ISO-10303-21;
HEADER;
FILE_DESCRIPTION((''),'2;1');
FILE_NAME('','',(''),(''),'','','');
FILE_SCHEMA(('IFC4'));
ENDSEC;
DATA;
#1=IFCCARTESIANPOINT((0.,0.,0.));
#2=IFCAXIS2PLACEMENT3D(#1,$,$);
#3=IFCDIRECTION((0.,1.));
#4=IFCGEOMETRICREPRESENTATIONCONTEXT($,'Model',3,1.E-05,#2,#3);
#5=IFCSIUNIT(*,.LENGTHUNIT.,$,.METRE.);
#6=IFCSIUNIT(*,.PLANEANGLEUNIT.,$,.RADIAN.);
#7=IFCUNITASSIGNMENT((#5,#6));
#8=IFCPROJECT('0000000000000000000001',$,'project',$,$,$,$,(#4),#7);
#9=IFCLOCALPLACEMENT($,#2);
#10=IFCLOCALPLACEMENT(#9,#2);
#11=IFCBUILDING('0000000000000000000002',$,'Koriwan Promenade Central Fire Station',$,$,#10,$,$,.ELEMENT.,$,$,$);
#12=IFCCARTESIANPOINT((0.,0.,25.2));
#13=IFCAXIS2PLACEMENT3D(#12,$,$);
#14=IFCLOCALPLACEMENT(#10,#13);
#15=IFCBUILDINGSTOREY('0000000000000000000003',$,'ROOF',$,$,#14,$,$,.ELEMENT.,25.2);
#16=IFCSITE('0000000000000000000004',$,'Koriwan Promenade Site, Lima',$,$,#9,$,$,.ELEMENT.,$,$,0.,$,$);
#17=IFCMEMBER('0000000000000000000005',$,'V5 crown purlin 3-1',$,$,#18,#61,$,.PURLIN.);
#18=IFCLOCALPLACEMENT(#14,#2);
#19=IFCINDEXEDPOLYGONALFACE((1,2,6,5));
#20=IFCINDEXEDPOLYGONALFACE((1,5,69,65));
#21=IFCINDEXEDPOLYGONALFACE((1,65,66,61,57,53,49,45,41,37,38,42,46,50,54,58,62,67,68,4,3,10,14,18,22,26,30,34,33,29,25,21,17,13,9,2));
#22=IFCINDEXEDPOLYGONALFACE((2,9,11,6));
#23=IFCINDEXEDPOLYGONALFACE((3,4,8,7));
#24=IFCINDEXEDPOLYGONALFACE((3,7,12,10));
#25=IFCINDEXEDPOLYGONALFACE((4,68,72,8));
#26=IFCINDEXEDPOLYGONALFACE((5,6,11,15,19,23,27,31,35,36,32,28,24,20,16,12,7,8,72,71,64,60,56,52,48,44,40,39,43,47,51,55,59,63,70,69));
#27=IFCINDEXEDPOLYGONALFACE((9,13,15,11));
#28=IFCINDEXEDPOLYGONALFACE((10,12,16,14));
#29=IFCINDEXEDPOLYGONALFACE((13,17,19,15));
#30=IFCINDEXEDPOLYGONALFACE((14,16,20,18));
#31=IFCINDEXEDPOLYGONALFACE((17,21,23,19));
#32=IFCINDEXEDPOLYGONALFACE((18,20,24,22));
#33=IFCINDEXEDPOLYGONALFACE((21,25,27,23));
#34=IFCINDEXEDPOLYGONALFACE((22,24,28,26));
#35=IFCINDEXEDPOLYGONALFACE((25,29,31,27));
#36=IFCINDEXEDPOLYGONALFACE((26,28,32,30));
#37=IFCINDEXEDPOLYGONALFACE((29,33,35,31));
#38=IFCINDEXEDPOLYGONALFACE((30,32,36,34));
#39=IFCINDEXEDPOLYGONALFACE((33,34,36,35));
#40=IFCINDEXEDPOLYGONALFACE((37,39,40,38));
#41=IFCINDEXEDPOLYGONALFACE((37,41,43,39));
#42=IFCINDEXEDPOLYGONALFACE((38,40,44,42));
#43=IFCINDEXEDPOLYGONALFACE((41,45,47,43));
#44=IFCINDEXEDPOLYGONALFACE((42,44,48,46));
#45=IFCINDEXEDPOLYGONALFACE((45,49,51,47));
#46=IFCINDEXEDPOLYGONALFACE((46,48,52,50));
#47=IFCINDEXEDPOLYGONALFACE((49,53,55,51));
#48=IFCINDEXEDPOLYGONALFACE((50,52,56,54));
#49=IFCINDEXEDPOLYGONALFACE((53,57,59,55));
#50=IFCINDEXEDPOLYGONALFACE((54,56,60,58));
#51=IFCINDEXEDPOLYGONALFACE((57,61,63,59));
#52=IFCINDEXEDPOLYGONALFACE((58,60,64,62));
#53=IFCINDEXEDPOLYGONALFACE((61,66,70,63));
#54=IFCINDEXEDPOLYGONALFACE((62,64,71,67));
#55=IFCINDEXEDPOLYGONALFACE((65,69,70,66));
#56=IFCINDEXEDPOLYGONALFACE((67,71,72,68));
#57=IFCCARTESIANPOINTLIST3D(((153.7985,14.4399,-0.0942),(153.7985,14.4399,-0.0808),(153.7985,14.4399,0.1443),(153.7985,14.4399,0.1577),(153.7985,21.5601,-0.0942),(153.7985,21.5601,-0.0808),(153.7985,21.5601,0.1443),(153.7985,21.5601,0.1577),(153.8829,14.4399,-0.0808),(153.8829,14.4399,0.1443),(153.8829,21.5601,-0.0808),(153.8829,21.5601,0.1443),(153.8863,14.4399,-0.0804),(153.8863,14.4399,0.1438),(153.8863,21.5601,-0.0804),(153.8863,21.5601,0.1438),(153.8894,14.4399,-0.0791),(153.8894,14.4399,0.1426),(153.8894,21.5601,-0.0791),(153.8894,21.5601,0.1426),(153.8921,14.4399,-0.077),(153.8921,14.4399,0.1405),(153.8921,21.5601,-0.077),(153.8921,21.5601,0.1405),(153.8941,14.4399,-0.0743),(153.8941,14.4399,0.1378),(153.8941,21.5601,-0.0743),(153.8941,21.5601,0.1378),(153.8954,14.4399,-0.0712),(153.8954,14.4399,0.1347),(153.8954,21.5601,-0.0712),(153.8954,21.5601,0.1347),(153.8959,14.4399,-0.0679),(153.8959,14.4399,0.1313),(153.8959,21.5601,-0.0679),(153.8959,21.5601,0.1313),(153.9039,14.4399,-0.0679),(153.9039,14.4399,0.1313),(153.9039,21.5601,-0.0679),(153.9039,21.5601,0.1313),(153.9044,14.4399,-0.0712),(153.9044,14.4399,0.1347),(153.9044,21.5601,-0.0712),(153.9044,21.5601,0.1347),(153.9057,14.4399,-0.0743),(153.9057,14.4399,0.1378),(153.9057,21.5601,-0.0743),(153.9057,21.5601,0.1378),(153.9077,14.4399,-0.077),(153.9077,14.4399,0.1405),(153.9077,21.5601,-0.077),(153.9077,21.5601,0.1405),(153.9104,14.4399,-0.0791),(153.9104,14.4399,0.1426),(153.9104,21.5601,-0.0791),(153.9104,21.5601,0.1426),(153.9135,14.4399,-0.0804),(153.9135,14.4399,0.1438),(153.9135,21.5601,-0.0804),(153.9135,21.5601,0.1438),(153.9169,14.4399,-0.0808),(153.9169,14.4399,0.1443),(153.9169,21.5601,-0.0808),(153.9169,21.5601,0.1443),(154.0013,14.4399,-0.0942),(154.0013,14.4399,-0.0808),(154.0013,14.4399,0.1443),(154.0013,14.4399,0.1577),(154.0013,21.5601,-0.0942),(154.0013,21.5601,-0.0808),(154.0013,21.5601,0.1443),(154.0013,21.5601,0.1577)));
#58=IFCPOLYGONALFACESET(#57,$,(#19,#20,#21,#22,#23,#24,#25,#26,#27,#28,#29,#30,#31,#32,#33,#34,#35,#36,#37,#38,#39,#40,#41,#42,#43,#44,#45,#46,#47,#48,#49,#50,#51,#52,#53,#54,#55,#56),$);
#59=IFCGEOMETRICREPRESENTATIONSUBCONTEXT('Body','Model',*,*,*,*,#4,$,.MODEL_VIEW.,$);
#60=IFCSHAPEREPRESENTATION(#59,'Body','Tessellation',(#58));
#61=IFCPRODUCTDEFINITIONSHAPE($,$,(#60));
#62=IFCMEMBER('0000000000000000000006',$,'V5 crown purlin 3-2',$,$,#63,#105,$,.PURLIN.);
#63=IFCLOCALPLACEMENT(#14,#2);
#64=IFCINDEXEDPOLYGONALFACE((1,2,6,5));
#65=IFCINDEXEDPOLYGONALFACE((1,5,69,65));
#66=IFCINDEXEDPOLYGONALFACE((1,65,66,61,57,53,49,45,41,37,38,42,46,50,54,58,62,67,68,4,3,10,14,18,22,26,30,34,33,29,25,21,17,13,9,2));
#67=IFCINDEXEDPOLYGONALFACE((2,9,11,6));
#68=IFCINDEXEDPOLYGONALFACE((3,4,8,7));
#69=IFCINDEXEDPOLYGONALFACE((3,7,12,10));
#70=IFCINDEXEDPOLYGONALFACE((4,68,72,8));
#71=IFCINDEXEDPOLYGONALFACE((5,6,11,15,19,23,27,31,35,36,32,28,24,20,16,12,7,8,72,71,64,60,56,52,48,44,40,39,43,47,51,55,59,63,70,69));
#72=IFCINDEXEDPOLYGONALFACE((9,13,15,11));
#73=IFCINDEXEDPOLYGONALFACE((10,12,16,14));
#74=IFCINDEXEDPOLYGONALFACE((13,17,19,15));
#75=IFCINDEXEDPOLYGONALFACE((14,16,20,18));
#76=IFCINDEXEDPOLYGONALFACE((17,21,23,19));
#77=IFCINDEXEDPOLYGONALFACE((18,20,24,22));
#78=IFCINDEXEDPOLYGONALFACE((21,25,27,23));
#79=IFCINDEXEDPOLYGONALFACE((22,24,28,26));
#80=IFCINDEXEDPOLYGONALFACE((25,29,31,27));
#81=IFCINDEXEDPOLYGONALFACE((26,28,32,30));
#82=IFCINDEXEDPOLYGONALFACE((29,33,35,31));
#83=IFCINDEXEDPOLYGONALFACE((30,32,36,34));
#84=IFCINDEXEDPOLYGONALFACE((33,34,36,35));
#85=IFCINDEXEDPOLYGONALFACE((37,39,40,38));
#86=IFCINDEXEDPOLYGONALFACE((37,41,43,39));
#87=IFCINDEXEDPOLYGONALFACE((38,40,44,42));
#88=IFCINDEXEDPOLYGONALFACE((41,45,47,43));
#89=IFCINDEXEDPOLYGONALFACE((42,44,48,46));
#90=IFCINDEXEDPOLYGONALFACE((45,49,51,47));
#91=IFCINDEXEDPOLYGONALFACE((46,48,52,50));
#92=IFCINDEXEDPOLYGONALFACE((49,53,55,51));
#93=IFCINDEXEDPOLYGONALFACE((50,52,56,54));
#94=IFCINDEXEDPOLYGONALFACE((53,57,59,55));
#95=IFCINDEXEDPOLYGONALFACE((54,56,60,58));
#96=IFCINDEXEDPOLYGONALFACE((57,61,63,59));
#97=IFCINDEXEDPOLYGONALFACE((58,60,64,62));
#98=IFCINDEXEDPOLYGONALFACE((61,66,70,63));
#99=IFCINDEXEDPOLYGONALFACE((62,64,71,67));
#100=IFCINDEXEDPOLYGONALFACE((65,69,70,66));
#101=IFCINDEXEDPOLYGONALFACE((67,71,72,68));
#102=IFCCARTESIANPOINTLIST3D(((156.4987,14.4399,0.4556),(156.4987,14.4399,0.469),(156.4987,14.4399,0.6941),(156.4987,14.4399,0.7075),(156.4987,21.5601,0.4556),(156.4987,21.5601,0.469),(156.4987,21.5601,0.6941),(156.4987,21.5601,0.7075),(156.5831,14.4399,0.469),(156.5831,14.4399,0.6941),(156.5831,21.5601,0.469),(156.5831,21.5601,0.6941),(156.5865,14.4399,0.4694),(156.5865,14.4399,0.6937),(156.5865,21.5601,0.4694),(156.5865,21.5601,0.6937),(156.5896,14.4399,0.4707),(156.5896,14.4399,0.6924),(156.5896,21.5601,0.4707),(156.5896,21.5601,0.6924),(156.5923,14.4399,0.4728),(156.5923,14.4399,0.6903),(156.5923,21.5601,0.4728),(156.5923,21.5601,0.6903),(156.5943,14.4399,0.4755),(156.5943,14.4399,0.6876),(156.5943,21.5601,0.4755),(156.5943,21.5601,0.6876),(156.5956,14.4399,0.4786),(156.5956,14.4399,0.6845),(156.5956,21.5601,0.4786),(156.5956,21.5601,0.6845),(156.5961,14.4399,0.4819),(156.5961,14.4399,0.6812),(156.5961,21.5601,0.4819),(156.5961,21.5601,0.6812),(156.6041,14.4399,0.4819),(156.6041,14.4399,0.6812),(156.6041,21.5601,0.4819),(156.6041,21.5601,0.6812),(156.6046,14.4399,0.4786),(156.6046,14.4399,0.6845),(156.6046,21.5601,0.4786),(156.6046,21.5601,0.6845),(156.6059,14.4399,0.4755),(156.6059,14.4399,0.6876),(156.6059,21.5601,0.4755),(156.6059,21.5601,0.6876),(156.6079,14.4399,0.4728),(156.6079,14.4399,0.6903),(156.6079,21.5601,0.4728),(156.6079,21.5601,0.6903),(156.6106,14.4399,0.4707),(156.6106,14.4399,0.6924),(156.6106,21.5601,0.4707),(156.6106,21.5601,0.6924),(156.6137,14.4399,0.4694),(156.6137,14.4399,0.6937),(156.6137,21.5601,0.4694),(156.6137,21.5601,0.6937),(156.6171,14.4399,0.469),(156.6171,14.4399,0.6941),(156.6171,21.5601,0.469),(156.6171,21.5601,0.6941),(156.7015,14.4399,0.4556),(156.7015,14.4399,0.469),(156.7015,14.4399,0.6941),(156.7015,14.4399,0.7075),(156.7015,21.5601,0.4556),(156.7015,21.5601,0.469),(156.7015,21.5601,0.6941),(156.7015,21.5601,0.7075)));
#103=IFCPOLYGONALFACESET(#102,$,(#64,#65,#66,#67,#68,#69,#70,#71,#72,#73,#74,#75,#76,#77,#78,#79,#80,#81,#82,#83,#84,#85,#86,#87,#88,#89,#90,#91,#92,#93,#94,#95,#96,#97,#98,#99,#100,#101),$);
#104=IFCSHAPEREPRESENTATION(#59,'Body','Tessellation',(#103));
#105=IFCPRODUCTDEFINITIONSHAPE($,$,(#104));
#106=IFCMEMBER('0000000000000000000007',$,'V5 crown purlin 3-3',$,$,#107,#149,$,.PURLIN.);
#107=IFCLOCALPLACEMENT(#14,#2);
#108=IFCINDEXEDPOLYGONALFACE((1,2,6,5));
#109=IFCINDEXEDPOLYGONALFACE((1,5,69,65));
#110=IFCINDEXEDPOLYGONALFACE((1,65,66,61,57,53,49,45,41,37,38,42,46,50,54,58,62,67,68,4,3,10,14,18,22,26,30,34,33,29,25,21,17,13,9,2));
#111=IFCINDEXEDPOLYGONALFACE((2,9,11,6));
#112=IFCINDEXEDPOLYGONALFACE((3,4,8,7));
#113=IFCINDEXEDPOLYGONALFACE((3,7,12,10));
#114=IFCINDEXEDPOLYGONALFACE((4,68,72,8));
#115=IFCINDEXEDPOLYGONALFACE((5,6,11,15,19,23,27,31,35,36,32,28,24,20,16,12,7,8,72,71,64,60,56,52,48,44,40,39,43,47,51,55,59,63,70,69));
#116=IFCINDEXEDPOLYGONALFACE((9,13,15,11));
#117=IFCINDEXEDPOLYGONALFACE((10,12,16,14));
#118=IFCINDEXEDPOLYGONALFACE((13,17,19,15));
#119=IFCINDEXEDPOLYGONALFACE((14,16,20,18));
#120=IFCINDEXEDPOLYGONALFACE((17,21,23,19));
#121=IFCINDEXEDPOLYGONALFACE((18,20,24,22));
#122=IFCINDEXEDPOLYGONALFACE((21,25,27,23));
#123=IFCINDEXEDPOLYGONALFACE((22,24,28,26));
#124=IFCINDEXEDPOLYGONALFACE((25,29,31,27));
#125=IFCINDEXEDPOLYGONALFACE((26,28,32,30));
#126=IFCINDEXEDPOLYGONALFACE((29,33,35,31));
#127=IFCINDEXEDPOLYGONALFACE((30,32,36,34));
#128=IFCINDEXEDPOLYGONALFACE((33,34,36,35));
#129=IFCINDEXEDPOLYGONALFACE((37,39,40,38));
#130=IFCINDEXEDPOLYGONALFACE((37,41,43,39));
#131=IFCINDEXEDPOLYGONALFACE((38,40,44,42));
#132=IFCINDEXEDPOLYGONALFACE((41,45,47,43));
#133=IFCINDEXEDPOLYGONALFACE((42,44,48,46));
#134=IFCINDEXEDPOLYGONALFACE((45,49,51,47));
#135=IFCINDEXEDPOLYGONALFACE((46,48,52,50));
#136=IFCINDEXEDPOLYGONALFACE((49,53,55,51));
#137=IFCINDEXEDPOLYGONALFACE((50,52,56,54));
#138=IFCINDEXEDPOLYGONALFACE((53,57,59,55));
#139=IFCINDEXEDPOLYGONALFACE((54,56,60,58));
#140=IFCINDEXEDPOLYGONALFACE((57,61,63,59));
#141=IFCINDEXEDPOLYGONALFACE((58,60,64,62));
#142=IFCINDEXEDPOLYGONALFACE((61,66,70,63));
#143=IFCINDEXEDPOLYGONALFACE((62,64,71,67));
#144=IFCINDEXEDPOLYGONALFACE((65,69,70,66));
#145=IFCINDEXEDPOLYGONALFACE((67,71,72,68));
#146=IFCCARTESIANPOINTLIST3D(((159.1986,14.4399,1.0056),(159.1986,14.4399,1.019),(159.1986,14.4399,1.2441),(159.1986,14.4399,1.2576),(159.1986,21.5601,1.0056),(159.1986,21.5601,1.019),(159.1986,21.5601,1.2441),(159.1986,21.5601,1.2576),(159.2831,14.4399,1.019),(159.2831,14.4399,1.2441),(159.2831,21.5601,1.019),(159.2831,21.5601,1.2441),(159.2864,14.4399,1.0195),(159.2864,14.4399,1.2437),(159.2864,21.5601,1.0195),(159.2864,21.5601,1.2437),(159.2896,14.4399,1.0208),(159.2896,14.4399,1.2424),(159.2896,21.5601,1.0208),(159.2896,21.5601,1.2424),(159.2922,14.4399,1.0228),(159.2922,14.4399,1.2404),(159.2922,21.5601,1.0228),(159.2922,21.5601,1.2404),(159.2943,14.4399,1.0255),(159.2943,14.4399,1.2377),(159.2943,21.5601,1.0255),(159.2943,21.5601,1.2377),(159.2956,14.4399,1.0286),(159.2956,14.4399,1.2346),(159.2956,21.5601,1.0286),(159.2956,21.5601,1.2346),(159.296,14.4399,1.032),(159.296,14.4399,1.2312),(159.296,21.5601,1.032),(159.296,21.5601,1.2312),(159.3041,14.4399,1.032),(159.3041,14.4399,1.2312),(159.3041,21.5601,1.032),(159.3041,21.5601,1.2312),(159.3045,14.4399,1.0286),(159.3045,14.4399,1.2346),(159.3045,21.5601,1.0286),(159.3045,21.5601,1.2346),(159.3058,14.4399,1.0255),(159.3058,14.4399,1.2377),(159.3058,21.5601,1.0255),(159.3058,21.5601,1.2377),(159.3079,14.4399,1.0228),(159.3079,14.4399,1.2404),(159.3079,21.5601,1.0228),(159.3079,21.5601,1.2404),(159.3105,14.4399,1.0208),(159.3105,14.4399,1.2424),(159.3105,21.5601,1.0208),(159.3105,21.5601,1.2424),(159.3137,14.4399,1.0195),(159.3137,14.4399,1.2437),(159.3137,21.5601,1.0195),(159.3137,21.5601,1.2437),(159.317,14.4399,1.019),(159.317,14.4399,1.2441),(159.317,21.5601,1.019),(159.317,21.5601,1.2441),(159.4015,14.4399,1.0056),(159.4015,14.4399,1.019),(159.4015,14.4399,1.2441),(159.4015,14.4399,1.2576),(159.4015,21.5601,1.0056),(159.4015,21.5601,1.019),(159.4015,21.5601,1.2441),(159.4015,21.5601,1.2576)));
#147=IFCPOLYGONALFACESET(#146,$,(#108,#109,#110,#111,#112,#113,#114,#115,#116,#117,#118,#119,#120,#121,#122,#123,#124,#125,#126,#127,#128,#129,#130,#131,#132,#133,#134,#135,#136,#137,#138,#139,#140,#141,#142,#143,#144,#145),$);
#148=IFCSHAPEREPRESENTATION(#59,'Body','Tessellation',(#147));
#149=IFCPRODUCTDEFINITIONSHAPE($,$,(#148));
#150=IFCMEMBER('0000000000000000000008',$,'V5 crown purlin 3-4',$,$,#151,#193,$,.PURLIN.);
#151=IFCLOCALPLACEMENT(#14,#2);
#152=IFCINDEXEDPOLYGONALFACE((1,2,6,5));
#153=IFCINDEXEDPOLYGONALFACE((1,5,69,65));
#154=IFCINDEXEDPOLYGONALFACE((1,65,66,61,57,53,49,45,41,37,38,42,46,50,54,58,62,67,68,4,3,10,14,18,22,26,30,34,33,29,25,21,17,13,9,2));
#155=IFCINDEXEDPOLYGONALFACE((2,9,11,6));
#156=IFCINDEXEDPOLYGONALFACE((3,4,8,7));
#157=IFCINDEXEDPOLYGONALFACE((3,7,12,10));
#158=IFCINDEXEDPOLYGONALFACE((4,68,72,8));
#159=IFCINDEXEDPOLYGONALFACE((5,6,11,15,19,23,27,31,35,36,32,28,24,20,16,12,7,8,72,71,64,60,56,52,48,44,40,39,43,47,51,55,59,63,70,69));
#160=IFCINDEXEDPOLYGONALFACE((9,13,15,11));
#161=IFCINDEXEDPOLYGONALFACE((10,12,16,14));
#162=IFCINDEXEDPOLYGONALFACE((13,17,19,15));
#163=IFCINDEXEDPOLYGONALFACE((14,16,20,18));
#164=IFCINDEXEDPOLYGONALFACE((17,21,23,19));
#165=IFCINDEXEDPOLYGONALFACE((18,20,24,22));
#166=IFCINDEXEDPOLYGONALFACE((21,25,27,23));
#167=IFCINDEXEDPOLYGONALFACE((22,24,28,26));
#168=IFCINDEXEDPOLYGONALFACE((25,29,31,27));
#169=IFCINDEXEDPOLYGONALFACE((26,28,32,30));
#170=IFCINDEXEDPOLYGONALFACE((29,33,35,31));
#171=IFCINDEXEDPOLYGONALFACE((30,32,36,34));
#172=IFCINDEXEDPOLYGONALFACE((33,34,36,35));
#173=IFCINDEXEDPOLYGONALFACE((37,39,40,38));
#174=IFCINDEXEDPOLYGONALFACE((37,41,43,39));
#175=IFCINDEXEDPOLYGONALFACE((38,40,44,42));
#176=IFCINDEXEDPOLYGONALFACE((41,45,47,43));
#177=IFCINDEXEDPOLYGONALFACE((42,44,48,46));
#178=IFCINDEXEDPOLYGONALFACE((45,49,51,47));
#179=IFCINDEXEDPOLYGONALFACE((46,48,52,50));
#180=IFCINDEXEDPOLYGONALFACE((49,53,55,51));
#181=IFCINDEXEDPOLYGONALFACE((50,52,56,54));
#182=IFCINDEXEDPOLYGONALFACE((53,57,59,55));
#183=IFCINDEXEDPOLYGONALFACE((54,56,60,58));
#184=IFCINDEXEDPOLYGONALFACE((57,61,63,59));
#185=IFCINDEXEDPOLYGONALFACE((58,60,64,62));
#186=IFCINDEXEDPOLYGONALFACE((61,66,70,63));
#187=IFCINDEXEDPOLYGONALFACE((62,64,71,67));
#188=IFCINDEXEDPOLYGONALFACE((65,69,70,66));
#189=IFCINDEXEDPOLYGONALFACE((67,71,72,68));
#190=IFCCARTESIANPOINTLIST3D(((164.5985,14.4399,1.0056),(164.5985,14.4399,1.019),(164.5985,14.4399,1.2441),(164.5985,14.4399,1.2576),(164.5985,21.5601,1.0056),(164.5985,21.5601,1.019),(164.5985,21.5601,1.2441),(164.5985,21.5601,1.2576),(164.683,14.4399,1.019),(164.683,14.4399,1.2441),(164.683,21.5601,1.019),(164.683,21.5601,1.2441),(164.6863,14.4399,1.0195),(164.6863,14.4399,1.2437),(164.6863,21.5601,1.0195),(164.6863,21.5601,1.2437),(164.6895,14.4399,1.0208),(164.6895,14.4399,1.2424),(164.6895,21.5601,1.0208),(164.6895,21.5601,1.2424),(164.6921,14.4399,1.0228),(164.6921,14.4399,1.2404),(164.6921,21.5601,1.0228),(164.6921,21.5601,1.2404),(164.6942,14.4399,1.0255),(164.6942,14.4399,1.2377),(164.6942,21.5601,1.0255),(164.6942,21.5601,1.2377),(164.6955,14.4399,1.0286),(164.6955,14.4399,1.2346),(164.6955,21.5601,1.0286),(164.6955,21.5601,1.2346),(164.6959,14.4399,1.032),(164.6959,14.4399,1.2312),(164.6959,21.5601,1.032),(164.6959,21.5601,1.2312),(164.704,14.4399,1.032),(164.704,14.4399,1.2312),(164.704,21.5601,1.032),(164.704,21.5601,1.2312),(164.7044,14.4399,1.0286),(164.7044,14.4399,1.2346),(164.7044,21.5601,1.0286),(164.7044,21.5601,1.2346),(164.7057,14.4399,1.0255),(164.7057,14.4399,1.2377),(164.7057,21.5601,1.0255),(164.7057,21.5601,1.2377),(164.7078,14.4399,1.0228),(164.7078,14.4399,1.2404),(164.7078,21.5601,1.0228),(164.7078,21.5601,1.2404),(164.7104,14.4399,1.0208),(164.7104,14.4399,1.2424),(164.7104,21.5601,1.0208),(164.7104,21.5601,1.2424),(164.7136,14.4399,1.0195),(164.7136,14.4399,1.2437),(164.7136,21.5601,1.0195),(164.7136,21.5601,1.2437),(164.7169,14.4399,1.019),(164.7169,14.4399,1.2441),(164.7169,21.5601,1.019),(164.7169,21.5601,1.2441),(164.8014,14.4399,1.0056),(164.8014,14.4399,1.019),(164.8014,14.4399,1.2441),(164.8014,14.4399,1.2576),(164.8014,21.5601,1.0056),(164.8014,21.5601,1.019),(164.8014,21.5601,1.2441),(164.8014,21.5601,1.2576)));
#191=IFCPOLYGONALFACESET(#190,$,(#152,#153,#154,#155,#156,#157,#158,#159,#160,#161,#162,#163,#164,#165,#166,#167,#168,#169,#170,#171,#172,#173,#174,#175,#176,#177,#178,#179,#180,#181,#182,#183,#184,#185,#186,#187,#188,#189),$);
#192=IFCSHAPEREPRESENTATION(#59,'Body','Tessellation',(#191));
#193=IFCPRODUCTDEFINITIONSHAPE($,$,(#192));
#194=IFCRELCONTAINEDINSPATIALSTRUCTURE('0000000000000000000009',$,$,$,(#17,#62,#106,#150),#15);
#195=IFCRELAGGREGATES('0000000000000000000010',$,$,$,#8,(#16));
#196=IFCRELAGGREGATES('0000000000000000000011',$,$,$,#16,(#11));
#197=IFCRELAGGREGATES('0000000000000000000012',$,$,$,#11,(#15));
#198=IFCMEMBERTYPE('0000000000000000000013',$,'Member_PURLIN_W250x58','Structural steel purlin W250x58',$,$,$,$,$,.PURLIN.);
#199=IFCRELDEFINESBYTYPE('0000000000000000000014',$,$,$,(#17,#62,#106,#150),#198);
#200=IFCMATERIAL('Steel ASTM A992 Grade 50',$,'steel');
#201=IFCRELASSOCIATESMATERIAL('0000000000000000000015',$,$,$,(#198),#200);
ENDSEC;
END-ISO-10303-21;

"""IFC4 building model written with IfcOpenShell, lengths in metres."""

from ifc_helpers import new_model, si_unit, direction, frame, origin, origin_2d, place, context, subcontext, project, spatial, i_section, extrude, material, material_profile, profile_set, type_object, element, save


model = new_model("IFC4")

# Units and contexts
model_context = context("Model", 3, precision=1e-05, world=origin(), true_north=direction((0.0, 1.0)))
body_context = subcontext(model_context, "Body", "Model", "MODEL_VIEW")
ifc_project = project(units=[si_unit("LENGTHUNIT", "METRE"), si_unit("PLANEANGLEUNIT", "RADIAN")], contexts=[model_context])

# Site, building, storey
site_placement = place(None, origin())
site = spatial("IfcSite", under=ifc_project, at=site_placement, Name="Koriwan Promenade Site, Lima", CompositionType="ELEMENT", RefElevation=0.0)
building_placement = place(site_placement, origin())
building = spatial("IfcBuilding", under=site, at=building_placement, Name="Koriwan Promenade Central Fire Station", CompositionType="ELEMENT")
storey_placement = place(building_placement, frame((0.0, 0.0, 25.2)))
storey = spatial("IfcBuildingStorey", under=building, at=storey_placement, Name="ROOF", CompositionType="ELEMENT", Elevation=25.2)

# Members
ifc_material_1 = material(Name="Steel ASTM A992 Grade 50", Category="steel")
ifc_material_profile_1 = material_profile(ifc_material_1, i_section(OverallWidth=0.2029, OverallDepth=0.252, WebThickness=0.0081, FlangeThickness=0.0134, FilletRadius=0.0129, at=origin_2d()), Name="W250x58")
ifc_profile_set_1 = profile_set([ifc_material_profile_1], Name="Steel ASTM A992 Grade 50")
member_type_1 = type_object("IfcMemberType", Name="Member_PURLIN_W250x58", Description="Structural steel purlin W250x58", PredefinedType="PURLIN", material=ifc_profile_set_1)
for number, where, z_axis, x_axis, name in (
    (1, (153.8999, 14.4399, 0.0317), (0.0, 1.0, 0.0), (-1.0, 0.0, 0.0), "V5 crown purlin 3-1"),
    (2, (156.6001, 14.4399, 0.5815), (0.0, 1.0, 0.0), (-1.0, 0.0, 0.0), "V5 crown purlin 3-2"),
    (3, (159.3, 14.4399, 1.1316), (0.0, 1.0, 0.0), (-1.0, 0.0, 0.0), "V5 crown purlin 3-3"),
    (4, (164.7, 14.4399, 1.1316), (0.0, 1.0, 0.0), (-1.0, 0.0, 0.0), "V5 crown purlin 3-4"),
):
    element("IfcMember", number, at=place(storey_placement, frame(where, z_axis=z_axis, x_axis=x_axis)), inside=storey, type_object=member_type_1, Name=name, PredefinedType="PURLIN", context=body_context, shape_type="SweptSolid", body=[
        extrude(i_section(OverallWidth=0.2029, OverallDepth=0.252, WebThickness=0.0081, FlangeThickness=0.0134, FilletRadius=0.0129, at=origin_2d()), origin(), (0.0, 0.0, 1.0), 7.1201),
    ])

save(model, "model.ifc")
